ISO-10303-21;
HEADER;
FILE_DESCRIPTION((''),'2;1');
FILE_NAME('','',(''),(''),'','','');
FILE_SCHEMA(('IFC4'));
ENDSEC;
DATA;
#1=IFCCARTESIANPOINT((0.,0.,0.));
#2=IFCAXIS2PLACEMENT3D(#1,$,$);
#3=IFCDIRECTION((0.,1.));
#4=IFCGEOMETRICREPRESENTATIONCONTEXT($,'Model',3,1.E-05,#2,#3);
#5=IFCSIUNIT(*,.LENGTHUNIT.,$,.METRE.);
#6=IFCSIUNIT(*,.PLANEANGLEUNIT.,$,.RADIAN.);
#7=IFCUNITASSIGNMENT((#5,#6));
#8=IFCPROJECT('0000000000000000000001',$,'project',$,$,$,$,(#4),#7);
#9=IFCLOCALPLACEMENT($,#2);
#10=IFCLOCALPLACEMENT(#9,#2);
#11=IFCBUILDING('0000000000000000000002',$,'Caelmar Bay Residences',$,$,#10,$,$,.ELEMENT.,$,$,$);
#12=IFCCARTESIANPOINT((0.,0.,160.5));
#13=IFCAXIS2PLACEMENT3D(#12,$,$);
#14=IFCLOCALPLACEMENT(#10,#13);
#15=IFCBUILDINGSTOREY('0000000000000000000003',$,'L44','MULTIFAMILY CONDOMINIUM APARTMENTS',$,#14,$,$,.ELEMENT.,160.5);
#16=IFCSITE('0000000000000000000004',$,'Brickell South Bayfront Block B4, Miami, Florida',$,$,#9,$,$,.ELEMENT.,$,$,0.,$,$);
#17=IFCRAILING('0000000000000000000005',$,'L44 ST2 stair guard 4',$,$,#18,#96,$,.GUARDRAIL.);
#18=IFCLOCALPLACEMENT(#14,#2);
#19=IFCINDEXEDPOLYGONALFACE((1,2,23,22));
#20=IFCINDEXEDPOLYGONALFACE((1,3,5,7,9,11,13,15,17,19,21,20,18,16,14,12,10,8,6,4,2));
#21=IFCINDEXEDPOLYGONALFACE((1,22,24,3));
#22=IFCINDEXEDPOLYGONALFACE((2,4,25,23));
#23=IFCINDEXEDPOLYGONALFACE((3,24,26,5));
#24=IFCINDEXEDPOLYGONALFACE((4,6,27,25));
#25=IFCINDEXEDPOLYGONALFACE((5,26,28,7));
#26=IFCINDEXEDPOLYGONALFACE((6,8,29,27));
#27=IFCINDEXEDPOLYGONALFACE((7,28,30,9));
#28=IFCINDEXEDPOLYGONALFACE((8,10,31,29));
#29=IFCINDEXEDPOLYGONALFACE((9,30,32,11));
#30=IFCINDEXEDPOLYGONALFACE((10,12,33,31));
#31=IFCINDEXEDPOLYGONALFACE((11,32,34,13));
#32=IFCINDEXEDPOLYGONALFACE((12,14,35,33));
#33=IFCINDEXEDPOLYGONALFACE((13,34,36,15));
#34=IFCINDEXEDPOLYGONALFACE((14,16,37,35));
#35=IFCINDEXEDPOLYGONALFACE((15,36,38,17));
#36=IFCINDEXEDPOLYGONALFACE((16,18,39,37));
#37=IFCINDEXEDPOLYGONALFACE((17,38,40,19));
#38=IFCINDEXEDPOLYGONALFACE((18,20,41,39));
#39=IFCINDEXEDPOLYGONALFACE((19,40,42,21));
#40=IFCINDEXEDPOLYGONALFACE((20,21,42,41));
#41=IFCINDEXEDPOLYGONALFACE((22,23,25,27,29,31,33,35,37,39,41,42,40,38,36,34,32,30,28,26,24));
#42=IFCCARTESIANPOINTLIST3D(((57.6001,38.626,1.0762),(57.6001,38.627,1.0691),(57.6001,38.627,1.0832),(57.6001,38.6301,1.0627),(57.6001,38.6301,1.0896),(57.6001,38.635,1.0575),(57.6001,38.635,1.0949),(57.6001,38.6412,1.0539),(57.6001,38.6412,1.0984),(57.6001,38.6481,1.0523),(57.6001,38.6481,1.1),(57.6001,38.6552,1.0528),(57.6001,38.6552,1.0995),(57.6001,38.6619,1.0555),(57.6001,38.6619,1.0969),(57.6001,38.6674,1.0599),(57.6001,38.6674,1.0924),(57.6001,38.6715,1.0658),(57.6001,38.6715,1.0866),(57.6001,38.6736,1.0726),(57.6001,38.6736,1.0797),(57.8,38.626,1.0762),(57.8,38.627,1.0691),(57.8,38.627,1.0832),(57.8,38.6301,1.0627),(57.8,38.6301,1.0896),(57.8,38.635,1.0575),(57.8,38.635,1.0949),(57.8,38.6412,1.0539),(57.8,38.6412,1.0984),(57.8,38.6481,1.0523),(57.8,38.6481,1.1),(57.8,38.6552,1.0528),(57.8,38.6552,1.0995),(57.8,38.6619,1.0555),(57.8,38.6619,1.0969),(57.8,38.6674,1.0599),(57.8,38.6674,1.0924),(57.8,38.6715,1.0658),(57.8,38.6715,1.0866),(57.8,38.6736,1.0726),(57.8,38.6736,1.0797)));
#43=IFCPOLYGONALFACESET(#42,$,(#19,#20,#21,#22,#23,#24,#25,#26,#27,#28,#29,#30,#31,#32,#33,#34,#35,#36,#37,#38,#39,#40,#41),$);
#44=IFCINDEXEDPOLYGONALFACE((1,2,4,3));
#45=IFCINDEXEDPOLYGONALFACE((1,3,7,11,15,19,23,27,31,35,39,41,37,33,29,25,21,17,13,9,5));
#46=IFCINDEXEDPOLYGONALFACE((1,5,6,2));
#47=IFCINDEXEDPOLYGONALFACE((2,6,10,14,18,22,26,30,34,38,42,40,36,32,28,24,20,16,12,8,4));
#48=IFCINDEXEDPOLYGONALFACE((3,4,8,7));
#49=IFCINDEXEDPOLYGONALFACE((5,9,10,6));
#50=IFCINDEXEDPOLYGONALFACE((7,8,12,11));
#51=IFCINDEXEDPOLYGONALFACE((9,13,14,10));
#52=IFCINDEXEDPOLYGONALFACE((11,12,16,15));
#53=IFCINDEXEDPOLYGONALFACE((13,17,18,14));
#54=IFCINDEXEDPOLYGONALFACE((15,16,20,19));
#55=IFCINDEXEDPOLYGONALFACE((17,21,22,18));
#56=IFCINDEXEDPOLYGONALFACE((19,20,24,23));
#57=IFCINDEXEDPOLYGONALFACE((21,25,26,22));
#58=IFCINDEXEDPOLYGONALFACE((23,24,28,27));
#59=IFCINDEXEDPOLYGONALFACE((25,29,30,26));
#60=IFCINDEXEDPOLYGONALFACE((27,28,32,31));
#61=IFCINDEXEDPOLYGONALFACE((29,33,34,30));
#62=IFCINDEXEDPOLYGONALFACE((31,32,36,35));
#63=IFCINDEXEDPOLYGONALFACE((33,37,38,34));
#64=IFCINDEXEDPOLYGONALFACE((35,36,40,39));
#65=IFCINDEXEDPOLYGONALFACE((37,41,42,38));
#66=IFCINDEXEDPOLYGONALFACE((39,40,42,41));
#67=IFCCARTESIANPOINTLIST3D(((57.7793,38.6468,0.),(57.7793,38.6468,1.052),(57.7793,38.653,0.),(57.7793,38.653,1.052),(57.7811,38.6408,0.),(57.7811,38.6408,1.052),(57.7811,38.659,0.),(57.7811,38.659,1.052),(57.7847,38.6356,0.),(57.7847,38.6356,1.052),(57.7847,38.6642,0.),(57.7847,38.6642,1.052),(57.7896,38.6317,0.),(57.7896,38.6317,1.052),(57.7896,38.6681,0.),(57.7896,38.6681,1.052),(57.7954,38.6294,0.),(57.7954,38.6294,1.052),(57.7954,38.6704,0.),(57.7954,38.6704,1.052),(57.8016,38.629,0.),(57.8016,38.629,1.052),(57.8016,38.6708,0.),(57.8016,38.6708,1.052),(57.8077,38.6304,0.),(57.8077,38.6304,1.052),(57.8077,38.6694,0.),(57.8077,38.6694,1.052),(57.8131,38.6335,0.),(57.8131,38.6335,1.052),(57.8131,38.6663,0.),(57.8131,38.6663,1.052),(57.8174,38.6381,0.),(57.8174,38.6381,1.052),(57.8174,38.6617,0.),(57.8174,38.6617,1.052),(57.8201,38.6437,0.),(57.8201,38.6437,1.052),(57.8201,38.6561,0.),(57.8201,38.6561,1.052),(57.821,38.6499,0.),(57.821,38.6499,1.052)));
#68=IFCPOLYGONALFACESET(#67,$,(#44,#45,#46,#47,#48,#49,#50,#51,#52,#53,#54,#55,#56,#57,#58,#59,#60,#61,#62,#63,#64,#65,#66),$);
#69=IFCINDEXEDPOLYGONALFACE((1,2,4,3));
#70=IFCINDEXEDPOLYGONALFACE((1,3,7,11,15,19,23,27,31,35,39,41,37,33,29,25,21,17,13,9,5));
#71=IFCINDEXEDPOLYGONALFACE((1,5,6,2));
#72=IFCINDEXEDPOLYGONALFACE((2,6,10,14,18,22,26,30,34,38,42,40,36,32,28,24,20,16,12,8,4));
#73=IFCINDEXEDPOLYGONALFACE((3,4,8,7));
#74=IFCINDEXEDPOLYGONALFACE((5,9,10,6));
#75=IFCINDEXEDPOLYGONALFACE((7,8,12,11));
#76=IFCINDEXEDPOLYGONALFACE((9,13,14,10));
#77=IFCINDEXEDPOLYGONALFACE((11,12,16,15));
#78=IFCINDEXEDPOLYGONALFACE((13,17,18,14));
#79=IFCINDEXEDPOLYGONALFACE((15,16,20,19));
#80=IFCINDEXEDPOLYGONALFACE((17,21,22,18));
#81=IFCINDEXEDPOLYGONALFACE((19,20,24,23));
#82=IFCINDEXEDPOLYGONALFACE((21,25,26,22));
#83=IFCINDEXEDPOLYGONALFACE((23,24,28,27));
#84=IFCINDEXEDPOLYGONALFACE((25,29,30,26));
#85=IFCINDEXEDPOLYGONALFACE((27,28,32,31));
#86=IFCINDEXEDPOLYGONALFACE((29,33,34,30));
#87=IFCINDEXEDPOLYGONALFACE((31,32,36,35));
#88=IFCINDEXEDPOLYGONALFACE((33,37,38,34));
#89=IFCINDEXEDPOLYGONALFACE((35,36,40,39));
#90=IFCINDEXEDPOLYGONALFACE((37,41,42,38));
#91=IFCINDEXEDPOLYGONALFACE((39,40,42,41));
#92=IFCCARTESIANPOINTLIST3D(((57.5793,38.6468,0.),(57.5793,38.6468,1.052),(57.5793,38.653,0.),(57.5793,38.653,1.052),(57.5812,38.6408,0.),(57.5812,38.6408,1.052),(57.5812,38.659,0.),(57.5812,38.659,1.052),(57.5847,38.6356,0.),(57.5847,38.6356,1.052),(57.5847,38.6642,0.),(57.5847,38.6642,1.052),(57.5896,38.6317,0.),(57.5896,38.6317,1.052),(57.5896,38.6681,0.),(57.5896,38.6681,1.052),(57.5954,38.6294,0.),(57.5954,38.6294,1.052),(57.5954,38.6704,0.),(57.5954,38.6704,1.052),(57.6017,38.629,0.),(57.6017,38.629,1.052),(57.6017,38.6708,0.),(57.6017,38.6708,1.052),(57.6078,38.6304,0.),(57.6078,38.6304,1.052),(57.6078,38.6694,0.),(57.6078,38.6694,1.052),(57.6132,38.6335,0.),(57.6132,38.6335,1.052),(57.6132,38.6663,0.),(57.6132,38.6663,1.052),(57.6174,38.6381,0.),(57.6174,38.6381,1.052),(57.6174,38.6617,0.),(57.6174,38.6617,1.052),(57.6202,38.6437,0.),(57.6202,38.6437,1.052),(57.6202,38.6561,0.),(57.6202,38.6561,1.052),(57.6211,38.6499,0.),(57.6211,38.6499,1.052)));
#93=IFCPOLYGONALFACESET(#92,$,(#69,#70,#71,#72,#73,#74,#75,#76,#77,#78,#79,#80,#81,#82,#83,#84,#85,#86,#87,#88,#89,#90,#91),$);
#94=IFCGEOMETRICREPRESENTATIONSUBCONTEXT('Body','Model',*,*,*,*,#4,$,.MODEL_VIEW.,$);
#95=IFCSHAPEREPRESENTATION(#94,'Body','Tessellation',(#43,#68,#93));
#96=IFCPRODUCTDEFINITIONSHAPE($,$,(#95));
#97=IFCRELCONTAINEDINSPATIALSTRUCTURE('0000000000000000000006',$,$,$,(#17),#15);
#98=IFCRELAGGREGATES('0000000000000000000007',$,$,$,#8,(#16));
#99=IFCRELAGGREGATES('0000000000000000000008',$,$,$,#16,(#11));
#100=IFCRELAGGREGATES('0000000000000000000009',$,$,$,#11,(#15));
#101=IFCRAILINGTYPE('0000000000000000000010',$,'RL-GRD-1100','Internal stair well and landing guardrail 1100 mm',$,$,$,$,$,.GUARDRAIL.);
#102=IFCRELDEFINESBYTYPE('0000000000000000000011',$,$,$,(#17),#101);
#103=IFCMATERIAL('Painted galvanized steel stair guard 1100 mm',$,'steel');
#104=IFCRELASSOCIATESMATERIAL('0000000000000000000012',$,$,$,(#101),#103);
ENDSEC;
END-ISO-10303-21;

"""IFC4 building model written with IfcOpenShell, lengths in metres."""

from ifc_helpers import new_model, si_unit, direction, frame, origin, origin_2d, place, context, subcontext, project, spatial, circle, extrude, material, type_object, element, save


model = new_model("IFC4")

# Units and contexts
model_context = context("Model", 3, precision=1e-05, world=origin(), true_north=direction((0.0, 1.0)))
body_context = subcontext(model_context, "Body", "Model", "MODEL_VIEW")
ifc_project = project(units=[si_unit("LENGTHUNIT", "METRE"), si_unit("PLANEANGLEUNIT", "RADIAN")], contexts=[model_context])

# Site, building, storey
site_placement = place(None, origin())
site = spatial("IfcSite", under=ifc_project, at=site_placement, Name="Brickell South Bayfront Block B4, Miami, Florida", CompositionType="ELEMENT", RefElevation=0.0)
building_placement = place(site_placement, origin())
building = spatial("IfcBuilding", under=site, at=building_placement, Name="Caelmar Bay Residences", CompositionType="ELEMENT")
storey_placement = place(building_placement, frame((0.0, 0.0, 160.5)))
storey = spatial("IfcBuildingStorey", under=building, at=storey_placement, Name="L44", Description="MULTIFAMILY CONDOMINIUM APARTMENTS", CompositionType="ELEMENT", Elevation=160.5)

# Railing
ifc_material_1 = material(Name="Painted galvanized steel stair guard 1100 mm", Category="steel")
railing_type_1 = type_object("IfcRailingType", Name="RL-GRD-1100", Description="Internal stair well and landing guardrail 1100 mm", PredefinedType="GUARDRAIL", material=ifc_material_1)
railing_1_placement = place(storey_placement, frame((57.8, 38.6499, 0.0)))
element("IfcRailing", 1, at=railing_1_placement, inside=storey, type_object=railing_type_1, Name="L44 ST2 stair guard 4", PredefinedType="GUARDRAIL", context=body_context, shape_type="SweptSolid", body=[
    extrude(circle(Radius=0.0239, at=origin_2d()), frame((0.0, 0.0, 1.0762), z_axis=(-1.0, 0.0, 0.0), x_axis=(0.0, -1.0, 0.0)), (0.0, 0.0, 1.0), 0.2),
    extrude(circle(Radius=0.021, at=origin_2d()), origin(), (0.0, 0.0, 1.0), 1.052),
    extrude(circle(Radius=0.021, at=origin_2d()), frame((-0.2, 0.0, 0.0)), (0.0, 0.0, 1.0), 1.052),
])

save(model, "model.ifc")
